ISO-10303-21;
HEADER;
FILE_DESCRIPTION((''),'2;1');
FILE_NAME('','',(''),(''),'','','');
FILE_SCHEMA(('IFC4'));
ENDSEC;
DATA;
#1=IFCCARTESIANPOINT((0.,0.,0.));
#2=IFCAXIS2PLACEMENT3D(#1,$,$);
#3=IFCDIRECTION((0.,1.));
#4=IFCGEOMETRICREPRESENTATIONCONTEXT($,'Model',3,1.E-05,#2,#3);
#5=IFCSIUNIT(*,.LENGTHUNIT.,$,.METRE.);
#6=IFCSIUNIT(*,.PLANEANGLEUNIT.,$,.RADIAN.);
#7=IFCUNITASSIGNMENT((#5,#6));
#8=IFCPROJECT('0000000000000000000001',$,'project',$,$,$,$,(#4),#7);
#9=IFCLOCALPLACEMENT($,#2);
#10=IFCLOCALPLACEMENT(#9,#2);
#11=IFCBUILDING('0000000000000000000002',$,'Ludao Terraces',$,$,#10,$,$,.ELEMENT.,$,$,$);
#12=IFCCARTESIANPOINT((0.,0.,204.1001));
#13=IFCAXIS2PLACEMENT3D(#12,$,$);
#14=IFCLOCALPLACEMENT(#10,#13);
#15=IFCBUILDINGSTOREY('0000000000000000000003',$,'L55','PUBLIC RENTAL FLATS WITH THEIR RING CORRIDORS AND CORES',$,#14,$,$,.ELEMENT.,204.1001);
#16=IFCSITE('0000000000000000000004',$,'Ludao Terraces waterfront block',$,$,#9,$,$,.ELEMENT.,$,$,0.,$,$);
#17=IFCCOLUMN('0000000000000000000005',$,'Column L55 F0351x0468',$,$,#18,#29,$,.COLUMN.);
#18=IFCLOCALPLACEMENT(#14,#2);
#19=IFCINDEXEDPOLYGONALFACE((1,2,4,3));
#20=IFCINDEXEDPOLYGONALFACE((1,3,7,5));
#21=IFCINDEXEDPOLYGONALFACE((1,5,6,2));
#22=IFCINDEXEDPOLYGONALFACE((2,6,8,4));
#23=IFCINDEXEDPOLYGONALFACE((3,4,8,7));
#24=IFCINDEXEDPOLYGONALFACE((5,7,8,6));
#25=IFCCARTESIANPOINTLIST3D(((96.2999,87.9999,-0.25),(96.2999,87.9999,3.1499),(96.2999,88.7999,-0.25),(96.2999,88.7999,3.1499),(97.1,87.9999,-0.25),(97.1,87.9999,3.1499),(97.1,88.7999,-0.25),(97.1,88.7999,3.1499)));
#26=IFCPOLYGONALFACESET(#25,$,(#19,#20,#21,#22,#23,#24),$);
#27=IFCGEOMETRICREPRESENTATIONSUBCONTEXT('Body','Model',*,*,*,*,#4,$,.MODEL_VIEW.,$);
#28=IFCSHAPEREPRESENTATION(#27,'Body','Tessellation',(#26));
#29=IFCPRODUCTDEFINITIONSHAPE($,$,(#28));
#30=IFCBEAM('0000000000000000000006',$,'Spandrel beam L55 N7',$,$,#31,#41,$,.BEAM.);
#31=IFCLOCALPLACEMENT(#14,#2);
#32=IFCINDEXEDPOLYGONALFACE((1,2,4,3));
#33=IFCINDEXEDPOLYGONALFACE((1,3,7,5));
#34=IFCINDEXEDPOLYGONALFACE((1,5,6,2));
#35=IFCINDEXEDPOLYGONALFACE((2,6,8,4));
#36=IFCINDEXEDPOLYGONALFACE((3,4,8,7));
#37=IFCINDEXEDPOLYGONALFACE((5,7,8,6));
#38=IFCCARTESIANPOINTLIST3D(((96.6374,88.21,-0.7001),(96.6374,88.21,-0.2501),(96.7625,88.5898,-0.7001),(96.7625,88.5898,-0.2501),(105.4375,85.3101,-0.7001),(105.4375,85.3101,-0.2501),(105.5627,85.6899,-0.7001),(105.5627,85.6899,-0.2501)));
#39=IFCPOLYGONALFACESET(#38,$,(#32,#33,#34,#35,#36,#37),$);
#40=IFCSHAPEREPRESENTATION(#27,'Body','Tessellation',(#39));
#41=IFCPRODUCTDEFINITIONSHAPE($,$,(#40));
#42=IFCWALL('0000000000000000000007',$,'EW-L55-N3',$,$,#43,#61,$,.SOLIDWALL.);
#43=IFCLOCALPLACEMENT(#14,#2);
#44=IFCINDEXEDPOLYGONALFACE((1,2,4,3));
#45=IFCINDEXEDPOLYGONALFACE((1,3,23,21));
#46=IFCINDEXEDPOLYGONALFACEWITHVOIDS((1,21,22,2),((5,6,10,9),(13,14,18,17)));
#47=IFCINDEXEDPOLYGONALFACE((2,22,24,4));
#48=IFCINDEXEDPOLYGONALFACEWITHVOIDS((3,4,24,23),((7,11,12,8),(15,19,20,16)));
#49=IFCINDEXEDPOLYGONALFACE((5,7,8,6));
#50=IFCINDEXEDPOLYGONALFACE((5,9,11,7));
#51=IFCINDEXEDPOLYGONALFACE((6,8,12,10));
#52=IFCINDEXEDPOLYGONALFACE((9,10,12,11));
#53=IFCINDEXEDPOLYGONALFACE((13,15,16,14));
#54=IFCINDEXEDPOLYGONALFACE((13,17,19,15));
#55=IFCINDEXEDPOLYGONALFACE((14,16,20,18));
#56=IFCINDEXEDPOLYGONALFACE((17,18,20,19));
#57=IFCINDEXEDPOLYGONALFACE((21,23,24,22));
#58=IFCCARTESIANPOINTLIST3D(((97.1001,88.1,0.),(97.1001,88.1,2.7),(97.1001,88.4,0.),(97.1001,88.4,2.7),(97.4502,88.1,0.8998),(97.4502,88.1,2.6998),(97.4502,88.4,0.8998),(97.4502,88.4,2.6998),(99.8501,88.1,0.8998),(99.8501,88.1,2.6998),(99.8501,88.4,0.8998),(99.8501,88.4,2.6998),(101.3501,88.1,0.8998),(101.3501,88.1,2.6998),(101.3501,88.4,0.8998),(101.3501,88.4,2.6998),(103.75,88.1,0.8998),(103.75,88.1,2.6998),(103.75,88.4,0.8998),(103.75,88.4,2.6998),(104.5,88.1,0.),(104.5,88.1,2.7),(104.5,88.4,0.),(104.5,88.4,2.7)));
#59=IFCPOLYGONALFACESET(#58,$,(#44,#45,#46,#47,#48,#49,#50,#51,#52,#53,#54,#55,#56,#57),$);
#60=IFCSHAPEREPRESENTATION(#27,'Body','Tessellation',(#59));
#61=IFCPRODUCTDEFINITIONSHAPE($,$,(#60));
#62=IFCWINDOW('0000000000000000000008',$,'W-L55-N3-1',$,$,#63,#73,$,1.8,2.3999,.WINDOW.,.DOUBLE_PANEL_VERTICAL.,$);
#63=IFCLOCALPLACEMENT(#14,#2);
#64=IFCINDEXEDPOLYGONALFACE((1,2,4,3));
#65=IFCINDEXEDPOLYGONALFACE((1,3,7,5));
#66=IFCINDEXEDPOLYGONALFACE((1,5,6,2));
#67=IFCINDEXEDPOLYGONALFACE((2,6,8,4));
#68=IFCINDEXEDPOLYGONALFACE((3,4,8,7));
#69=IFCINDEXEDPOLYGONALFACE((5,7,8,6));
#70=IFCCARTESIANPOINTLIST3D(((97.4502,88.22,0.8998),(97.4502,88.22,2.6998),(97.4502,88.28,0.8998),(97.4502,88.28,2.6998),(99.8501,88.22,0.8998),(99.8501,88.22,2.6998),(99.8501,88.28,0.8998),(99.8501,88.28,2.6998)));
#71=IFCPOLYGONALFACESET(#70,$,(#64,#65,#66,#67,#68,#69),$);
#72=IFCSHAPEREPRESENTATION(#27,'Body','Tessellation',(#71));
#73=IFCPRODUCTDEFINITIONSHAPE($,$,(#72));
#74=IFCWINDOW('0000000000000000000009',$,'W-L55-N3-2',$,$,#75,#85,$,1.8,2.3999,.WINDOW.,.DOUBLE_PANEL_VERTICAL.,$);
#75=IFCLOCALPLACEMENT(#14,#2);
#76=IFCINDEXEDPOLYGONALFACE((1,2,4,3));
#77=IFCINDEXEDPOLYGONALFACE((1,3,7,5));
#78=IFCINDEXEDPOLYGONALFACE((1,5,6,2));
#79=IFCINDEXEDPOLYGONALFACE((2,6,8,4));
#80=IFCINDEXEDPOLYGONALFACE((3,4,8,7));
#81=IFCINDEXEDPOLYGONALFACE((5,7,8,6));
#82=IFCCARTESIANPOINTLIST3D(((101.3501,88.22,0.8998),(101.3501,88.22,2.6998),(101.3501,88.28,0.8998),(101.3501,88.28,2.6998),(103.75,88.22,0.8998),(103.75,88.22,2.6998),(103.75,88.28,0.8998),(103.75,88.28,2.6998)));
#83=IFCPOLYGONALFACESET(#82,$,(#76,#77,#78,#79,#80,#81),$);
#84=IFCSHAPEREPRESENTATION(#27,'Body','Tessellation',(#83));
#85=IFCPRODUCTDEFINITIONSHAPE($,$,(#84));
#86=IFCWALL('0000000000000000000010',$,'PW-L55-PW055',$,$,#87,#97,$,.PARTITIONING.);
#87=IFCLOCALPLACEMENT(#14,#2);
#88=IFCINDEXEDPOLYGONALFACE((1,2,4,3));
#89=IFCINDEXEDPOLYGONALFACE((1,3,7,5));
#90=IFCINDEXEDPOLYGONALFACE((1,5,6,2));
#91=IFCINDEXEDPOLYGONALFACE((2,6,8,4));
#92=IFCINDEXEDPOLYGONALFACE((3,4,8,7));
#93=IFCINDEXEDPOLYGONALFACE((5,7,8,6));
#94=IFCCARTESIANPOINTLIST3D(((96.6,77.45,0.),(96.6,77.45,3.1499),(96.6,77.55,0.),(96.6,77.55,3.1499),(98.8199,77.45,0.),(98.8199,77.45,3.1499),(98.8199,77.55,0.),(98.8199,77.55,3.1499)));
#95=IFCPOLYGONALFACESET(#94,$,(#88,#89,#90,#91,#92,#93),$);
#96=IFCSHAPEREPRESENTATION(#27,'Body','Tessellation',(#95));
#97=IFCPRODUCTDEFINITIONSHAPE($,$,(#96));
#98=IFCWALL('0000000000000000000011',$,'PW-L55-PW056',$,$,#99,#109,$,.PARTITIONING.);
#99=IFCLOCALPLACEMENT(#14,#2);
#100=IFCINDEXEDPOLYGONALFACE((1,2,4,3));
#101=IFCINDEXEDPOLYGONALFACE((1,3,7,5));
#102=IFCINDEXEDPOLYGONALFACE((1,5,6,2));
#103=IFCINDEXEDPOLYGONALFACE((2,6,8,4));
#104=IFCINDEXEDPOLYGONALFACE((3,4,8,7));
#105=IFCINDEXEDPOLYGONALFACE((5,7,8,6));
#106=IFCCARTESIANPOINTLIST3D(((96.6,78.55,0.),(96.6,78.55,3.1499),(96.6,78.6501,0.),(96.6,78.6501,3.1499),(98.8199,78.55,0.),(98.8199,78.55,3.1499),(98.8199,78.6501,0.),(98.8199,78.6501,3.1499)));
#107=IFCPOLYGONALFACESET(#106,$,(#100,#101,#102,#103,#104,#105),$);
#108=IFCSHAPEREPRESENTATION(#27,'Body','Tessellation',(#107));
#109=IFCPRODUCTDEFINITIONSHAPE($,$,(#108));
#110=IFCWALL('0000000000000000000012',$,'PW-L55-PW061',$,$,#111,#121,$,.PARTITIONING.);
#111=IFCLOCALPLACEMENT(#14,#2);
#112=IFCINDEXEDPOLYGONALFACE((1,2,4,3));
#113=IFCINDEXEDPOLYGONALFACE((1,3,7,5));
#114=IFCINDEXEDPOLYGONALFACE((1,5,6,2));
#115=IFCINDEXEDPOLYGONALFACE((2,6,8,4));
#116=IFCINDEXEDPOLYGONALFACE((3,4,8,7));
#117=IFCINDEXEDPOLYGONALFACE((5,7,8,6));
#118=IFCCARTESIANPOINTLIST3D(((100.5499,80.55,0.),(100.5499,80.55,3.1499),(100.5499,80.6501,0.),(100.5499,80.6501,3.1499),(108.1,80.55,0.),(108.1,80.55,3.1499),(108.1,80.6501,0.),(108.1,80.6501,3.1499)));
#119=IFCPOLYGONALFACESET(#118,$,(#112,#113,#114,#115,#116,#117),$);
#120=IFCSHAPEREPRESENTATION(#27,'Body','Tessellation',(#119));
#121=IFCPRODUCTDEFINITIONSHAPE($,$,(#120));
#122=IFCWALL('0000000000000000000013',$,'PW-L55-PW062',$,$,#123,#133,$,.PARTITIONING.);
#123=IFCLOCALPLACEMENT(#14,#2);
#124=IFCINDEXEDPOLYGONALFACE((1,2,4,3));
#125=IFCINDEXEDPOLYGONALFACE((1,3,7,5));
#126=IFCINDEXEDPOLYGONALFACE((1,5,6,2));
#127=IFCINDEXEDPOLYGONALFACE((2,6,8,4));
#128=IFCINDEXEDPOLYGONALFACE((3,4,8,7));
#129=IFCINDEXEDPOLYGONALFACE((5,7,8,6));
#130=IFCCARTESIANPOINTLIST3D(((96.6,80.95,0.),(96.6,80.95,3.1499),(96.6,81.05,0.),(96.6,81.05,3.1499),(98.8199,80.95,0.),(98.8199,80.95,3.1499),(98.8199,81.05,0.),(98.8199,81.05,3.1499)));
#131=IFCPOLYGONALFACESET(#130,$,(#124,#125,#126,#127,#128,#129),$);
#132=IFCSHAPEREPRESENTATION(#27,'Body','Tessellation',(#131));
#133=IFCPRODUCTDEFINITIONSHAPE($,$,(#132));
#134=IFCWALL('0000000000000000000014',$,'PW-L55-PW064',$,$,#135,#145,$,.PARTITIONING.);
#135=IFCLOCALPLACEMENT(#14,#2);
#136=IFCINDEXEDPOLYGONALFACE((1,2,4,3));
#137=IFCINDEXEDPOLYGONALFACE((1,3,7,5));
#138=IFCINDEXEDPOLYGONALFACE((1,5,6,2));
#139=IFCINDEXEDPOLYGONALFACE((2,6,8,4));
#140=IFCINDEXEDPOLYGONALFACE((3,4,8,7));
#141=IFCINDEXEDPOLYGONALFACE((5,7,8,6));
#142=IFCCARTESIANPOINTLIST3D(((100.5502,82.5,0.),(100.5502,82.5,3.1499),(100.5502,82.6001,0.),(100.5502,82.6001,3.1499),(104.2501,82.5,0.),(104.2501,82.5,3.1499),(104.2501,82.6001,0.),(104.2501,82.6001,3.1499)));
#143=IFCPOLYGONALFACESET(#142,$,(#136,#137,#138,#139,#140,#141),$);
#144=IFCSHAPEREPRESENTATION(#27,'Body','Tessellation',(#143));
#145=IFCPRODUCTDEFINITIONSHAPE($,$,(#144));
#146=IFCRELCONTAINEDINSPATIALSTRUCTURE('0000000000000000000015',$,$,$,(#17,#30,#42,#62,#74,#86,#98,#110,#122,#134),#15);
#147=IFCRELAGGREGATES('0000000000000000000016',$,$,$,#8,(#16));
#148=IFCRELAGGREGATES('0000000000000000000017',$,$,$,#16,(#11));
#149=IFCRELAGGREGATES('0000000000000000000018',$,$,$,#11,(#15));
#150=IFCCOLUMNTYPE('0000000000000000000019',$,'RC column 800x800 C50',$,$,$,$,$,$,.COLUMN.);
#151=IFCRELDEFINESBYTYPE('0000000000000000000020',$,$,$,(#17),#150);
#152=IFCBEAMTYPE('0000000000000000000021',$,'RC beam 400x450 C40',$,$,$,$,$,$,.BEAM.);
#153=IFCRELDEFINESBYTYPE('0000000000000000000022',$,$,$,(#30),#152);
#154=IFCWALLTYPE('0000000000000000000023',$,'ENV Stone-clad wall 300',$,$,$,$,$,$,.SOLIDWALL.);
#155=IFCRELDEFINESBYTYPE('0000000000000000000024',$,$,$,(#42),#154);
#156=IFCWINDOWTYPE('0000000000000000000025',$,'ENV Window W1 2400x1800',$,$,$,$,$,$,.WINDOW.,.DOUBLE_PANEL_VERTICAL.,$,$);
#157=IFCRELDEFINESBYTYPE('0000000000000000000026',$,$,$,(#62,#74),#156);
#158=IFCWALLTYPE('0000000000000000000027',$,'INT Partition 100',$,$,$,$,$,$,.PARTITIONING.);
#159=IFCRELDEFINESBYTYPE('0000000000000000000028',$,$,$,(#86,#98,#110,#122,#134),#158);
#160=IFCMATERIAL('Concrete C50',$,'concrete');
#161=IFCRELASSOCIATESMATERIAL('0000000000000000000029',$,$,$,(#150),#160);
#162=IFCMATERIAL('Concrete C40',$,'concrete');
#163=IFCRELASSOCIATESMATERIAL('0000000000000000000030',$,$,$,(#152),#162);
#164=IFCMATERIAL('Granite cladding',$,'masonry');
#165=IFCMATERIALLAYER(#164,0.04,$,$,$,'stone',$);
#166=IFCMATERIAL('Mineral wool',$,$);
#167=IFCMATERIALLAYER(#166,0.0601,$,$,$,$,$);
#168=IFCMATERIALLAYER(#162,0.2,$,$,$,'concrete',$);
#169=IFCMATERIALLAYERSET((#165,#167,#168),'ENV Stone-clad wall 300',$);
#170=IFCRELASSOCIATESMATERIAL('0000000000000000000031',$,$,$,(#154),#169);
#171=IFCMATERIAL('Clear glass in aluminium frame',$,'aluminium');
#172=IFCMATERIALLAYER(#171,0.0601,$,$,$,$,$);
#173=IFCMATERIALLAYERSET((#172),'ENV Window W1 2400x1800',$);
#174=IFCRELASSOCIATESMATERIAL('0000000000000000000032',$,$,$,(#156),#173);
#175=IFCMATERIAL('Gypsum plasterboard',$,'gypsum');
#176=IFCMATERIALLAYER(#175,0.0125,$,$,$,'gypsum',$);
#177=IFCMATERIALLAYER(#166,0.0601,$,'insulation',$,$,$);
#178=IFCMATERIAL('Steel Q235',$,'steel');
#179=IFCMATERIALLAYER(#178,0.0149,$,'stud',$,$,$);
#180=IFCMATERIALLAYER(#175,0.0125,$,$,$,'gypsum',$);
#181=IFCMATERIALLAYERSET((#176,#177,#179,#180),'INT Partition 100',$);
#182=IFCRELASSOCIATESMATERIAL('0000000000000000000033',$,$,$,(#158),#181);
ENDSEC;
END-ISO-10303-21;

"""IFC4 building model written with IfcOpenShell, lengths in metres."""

from ifc_helpers import new_model, si_unit, direction, frame, frame_2d, origin, origin_2d, place, context, subcontext, project, spatial, rectangle, extrude, material, layer, layer_set, material_profile, profile_set, type_object, element, fill, save


model = new_model("IFC4")

# Units and contexts
model_context = context("Model", 3, precision=1e-05, world=origin(), true_north=direction((0.0, 1.0)))
body_context = subcontext(model_context, "Body", "Model", "MODEL_VIEW")
ifc_project = project(units=[si_unit("LENGTHUNIT", "METRE"), si_unit("PLANEANGLEUNIT", "RADIAN")], contexts=[model_context])

# Site, building, storey
site_placement = place(None, origin())
site = spatial("IfcSite", under=ifc_project, at=site_placement, Name="Ludao Terraces waterfront block", CompositionType="ELEMENT", RefElevation=0.0)
building_placement = place(site_placement, origin())
building = spatial("IfcBuilding", under=site, at=building_placement, Name="Ludao Terraces", CompositionType="ELEMENT")
storey_placement = place(building_placement, frame((0.0, 0.0, 204.1001)))
storey = spatial("IfcBuildingStorey", under=building, at=storey_placement, Name="L55", Description="PUBLIC RENTAL FLATS WITH THEIR RING CORRIDORS AND CORES", CompositionType="ELEMENT", Elevation=204.1001)

# Column
ifc_material_1 = material(Name="Concrete C50", Category="concrete")
ifc_material_profile_1 = material_profile(ifc_material_1, rectangle(XDim=0.8, YDim=0.8, at=origin_2d()), Name="800 X 800")
ifc_profile_set_1 = profile_set([ifc_material_profile_1], Name="Concrete C50")
column_type = type_object("IfcColumnType", Name="RC column 800x800 C50", PredefinedType="COLUMN", material=ifc_profile_set_1)
column_placement = place(storey_placement, frame((96.7, 88.3999, -0.25), z_axis=(0.0, 0.0, 1.0), x_axis=(1.0, 0.0, 0.0)))
element("IfcColumn", 1, at=column_placement, inside=storey, type_object=column_type, Name="Column L55 F0351x0468", PredefinedType="COLUMN", context=body_context, shape_type="SweptSolid", body=[
    extrude(rectangle(XDim=0.8, YDim=0.8, at=origin_2d()), origin(), (0.0, 0.0, 1.0), 3.3999),
])

# Beam
ifc_material_2 = material(Name="Concrete C40", Category="concrete")
ifc_material_profile_2 = material_profile(ifc_material_2, rectangle(XDim=0.3999, YDim=0.45, at=origin_2d()), Name="400 X 450")
ifc_profile_set_2 = profile_set([ifc_material_profile_2], Name="Concrete C40")
beam_type = type_object("IfcBeamType", Name="RC beam 400x450 C40", PredefinedType="BEAM", material=ifc_profile_set_2)
beam_placement = place(storey_placement, frame((96.7, 88.3999, -0.4751), z_axis=(0.949761, -0.312977, 0.0), x_axis=(0.312977, 0.949761, 0.0)))
element("IfcBeam", 2, at=beam_placement, inside=storey, type_object=beam_type, Name="Spandrel beam L55 N7", PredefinedType="BEAM", context=body_context, shape_type="SweptSolid", body=[
    extrude(rectangle(XDim=0.3999, YDim=0.45, at=origin_2d()), origin(), (0.0, 0.0, 1.0), 9.2656),
])

# Wall, openings, windows
ifc_material_3 = material(Name="Granite cladding", Category="masonry")
ifc_layer_1 = layer(ifc_material_3, 0.04, Category="stone")
ifc_material_4 = material(Name="Mineral wool")
ifc_layer_2 = layer(ifc_material_4, 0.0601)
ifc_layer_3 = layer(ifc_material_2, 0.2, Category="concrete")
ifc_layer_set_1 = layer_set([ifc_layer_1, ifc_layer_2, ifc_layer_3], Name="ENV Stone-clad wall 300")
wall_type_1 = type_object("IfcWallType", Name="ENV Stone-clad wall 300", PredefinedType="SOLIDWALL", material=ifc_layer_set_1)
wall_1_placement = place(storey_placement, frame((97.1001, 88.25, 0.0), z_axis=(0.0, 0.0, 1.0), x_axis=(1.0, 0.0, 0.0)))
wall_1 = element("IfcWall", 3, at=wall_1_placement, inside=storey, type_object=wall_type_1, Name="EW-L55-N3", PredefinedType="SOLIDWALL", context=body_context, shape_type="SweptSolid", body=[
    extrude(rectangle(XDim=7.3999, YDim=0.3, at=frame_2d((3.7, 0.0))), origin(), (0.0, 0.0, 1.0), 2.7),
])
opening_1_placement = place(wall_1_placement, frame((0.3501, 0.0, 0.8999)))
opening_1 = element("IfcOpeningElement", 4, at=opening_1_placement, cuts=wall_1, PredefinedType="OPENING", context=body_context, shape_type="SweptSolid", body=[
    extrude(rectangle(XDim=2.3999, YDim=1.8, at=frame_2d((1.2, 0.8999))), frame((0.0, 0.1602, 0.0), z_axis=(0.0, -1.0, 0.0), x_axis=(1.0, 0.0, 0.0)), (0.0, 0.0, 1.0), 0.3201),
])
opening_2_placement = place(wall_1_placement, frame((4.25, 0.0, 0.8999)))
opening_2 = element("IfcOpeningElement", 5, at=opening_2_placement, cuts=wall_1, PredefinedType="OPENING", context=body_context, shape_type="SweptSolid", body=[
    extrude(rectangle(XDim=2.3999, YDim=1.8, at=frame_2d((1.2, 0.8999))), frame((0.0, 0.1602, 0.0), z_axis=(0.0, -1.0, 0.0), x_axis=(1.0, 0.0, 0.0)), (0.0, 0.0, 1.0), 0.3201),
])
ifc_material_5 = material(Name="Clear glass in aluminium frame", Category="aluminium")
ifc_layer_4 = layer(ifc_material_5, 0.0601)
ifc_layer_set_2 = layer_set([ifc_layer_4], Name="ENV Window W1 2400x1800")
window_type = type_object("IfcWindowType", Name="ENV Window W1 2400x1800", PartitioningType="DOUBLE_PANEL_VERTICAL", PredefinedType="WINDOW", material=ifc_layer_set_2)
window_1_placement = place(opening_1_placement, origin())
window_1 = element("IfcWindow", 6, at=window_1_placement, inside=storey, type_object=window_type, Name="W-L55-N3-1", OverallHeight=1.8, OverallWidth=2.3999, PartitioningType="DOUBLE_PANEL_VERTICAL", PredefinedType="WINDOW", context=body_context, shape_type="SweptSolid", body=[
    extrude(rectangle(XDim=2.3999, YDim=1.8, at=frame_2d((1.2, 0.8999))), frame((0.0, 0.03, 0.0), z_axis=(0.0, -1.0, 0.0), x_axis=(1.0, 0.0, 0.0)), (0.0, 0.0, 1.0), 0.0601),
])
fill(opening_1, window_1)
window_2_placement = place(opening_2_placement, origin())
window_2 = element("IfcWindow", 7, at=window_2_placement, inside=storey, type_object=window_type, Name="W-L55-N3-2", OverallHeight=1.8, OverallWidth=2.3999, PartitioningType="DOUBLE_PANEL_VERTICAL", PredefinedType="WINDOW", context=body_context, shape_type="SweptSolid", body=[
    extrude(rectangle(XDim=2.3999, YDim=1.8, at=frame_2d((1.2, 0.8999))), frame((0.0, 0.03, 0.0), z_axis=(0.0, -1.0, 0.0), x_axis=(1.0, 0.0, 0.0)), (0.0, 0.0, 1.0), 0.0601),
])
fill(opening_2, window_2)

# Walls
ifc_material_6 = material(Name="Gypsum plasterboard", Category="gypsum")
ifc_layer_5 = layer(ifc_material_6, 0.0125, Category="gypsum")
ifc_layer_6 = layer(ifc_material_4, 0.0601, Name="insulation")
ifc_material_7 = material(Name="Steel Q235", Category="steel")
ifc_layer_7 = layer(ifc_material_7, 0.0149, Name="stud")
ifc_layer_8 = layer(ifc_material_6, 0.0125, Category="gypsum")
ifc_layer_set_3 = layer_set([ifc_layer_5, ifc_layer_6, ifc_layer_7, ifc_layer_8], Name="INT Partition 100")
wall_type_2 = type_object("IfcWallType", Name="INT Partition 100", PredefinedType="PARTITIONING", material=ifc_layer_set_3)
for number, where, z_axis, x_axis, name in (
    (8, (96.6001, 77.5, 0.0), (0.0, 0.0, 1.0), (1.0, 0.0, 0.0), "PW-L55-PW055"),
    (9, (96.6001, 78.6001, 0.0), (0.0, 0.0, 1.0), (1.0, 0.0, 0.0), "PW-L55-PW056"),
):
    element("IfcWall", number, at=place(storey_placement, frame(where, z_axis=z_axis, x_axis=x_axis)), inside=storey, type_object=wall_type_2, Name=name, PredefinedType="PARTITIONING", context=body_context, shape_type="SweptSolid", body=[
        extrude(rectangle(XDim=2.22, YDim=0.1001, at=frame_2d((1.1099, 0.0))), origin(), (0.0, 0.0, 1.0), 3.1499),
    ])
wall_2_placement = place(storey_placement, frame((100.55, 80.6001, 0.0), z_axis=(0.0, 0.0, 1.0), x_axis=(1.0, 0.0, 0.0)))
element("IfcWall", 10, at=wall_2_placement, inside=storey, type_object=wall_type_2, Name="PW-L55-PW061", PredefinedType="PARTITIONING", context=body_context, shape_type="SweptSolid", body=[
    extrude(rectangle(XDim=7.55, YDim=0.1001, at=frame_2d((3.7749, 0.0))), origin(), (0.0, 0.0, 1.0), 3.1499),
])
wall_3_placement = place(storey_placement, frame((96.6001, 81.0, 0.0), z_axis=(0.0, 0.0, 1.0), x_axis=(1.0, 0.0, 0.0)))
element("IfcWall", 11, at=wall_3_placement, inside=storey, type_object=wall_type_2, Name="PW-L55-PW062", PredefinedType="PARTITIONING", context=body_context, shape_type="SweptSolid", body=[
    extrude(rectangle(XDim=2.22, YDim=0.1001, at=frame_2d((1.1099, 0.0))), origin(), (0.0, 0.0, 1.0), 3.1499),
])
wall_4_placement = place(storey_placement, frame((100.55, 82.55, 0.0), z_axis=(0.0, 0.0, 1.0), x_axis=(1.0, 0.0, 0.0)))
element("IfcWall", 12, at=wall_4_placement, inside=storey, type_object=wall_type_2, Name="PW-L55-PW064", PredefinedType="PARTITIONING", context=body_context, shape_type="SweptSolid", body=[
    extrude(rectangle(XDim=3.7, YDim=0.1001, at=frame_2d((1.8501, 0.0))), origin(), (0.0, 0.0, 1.0), 3.1499),
])

save(model, "model.ifc")
